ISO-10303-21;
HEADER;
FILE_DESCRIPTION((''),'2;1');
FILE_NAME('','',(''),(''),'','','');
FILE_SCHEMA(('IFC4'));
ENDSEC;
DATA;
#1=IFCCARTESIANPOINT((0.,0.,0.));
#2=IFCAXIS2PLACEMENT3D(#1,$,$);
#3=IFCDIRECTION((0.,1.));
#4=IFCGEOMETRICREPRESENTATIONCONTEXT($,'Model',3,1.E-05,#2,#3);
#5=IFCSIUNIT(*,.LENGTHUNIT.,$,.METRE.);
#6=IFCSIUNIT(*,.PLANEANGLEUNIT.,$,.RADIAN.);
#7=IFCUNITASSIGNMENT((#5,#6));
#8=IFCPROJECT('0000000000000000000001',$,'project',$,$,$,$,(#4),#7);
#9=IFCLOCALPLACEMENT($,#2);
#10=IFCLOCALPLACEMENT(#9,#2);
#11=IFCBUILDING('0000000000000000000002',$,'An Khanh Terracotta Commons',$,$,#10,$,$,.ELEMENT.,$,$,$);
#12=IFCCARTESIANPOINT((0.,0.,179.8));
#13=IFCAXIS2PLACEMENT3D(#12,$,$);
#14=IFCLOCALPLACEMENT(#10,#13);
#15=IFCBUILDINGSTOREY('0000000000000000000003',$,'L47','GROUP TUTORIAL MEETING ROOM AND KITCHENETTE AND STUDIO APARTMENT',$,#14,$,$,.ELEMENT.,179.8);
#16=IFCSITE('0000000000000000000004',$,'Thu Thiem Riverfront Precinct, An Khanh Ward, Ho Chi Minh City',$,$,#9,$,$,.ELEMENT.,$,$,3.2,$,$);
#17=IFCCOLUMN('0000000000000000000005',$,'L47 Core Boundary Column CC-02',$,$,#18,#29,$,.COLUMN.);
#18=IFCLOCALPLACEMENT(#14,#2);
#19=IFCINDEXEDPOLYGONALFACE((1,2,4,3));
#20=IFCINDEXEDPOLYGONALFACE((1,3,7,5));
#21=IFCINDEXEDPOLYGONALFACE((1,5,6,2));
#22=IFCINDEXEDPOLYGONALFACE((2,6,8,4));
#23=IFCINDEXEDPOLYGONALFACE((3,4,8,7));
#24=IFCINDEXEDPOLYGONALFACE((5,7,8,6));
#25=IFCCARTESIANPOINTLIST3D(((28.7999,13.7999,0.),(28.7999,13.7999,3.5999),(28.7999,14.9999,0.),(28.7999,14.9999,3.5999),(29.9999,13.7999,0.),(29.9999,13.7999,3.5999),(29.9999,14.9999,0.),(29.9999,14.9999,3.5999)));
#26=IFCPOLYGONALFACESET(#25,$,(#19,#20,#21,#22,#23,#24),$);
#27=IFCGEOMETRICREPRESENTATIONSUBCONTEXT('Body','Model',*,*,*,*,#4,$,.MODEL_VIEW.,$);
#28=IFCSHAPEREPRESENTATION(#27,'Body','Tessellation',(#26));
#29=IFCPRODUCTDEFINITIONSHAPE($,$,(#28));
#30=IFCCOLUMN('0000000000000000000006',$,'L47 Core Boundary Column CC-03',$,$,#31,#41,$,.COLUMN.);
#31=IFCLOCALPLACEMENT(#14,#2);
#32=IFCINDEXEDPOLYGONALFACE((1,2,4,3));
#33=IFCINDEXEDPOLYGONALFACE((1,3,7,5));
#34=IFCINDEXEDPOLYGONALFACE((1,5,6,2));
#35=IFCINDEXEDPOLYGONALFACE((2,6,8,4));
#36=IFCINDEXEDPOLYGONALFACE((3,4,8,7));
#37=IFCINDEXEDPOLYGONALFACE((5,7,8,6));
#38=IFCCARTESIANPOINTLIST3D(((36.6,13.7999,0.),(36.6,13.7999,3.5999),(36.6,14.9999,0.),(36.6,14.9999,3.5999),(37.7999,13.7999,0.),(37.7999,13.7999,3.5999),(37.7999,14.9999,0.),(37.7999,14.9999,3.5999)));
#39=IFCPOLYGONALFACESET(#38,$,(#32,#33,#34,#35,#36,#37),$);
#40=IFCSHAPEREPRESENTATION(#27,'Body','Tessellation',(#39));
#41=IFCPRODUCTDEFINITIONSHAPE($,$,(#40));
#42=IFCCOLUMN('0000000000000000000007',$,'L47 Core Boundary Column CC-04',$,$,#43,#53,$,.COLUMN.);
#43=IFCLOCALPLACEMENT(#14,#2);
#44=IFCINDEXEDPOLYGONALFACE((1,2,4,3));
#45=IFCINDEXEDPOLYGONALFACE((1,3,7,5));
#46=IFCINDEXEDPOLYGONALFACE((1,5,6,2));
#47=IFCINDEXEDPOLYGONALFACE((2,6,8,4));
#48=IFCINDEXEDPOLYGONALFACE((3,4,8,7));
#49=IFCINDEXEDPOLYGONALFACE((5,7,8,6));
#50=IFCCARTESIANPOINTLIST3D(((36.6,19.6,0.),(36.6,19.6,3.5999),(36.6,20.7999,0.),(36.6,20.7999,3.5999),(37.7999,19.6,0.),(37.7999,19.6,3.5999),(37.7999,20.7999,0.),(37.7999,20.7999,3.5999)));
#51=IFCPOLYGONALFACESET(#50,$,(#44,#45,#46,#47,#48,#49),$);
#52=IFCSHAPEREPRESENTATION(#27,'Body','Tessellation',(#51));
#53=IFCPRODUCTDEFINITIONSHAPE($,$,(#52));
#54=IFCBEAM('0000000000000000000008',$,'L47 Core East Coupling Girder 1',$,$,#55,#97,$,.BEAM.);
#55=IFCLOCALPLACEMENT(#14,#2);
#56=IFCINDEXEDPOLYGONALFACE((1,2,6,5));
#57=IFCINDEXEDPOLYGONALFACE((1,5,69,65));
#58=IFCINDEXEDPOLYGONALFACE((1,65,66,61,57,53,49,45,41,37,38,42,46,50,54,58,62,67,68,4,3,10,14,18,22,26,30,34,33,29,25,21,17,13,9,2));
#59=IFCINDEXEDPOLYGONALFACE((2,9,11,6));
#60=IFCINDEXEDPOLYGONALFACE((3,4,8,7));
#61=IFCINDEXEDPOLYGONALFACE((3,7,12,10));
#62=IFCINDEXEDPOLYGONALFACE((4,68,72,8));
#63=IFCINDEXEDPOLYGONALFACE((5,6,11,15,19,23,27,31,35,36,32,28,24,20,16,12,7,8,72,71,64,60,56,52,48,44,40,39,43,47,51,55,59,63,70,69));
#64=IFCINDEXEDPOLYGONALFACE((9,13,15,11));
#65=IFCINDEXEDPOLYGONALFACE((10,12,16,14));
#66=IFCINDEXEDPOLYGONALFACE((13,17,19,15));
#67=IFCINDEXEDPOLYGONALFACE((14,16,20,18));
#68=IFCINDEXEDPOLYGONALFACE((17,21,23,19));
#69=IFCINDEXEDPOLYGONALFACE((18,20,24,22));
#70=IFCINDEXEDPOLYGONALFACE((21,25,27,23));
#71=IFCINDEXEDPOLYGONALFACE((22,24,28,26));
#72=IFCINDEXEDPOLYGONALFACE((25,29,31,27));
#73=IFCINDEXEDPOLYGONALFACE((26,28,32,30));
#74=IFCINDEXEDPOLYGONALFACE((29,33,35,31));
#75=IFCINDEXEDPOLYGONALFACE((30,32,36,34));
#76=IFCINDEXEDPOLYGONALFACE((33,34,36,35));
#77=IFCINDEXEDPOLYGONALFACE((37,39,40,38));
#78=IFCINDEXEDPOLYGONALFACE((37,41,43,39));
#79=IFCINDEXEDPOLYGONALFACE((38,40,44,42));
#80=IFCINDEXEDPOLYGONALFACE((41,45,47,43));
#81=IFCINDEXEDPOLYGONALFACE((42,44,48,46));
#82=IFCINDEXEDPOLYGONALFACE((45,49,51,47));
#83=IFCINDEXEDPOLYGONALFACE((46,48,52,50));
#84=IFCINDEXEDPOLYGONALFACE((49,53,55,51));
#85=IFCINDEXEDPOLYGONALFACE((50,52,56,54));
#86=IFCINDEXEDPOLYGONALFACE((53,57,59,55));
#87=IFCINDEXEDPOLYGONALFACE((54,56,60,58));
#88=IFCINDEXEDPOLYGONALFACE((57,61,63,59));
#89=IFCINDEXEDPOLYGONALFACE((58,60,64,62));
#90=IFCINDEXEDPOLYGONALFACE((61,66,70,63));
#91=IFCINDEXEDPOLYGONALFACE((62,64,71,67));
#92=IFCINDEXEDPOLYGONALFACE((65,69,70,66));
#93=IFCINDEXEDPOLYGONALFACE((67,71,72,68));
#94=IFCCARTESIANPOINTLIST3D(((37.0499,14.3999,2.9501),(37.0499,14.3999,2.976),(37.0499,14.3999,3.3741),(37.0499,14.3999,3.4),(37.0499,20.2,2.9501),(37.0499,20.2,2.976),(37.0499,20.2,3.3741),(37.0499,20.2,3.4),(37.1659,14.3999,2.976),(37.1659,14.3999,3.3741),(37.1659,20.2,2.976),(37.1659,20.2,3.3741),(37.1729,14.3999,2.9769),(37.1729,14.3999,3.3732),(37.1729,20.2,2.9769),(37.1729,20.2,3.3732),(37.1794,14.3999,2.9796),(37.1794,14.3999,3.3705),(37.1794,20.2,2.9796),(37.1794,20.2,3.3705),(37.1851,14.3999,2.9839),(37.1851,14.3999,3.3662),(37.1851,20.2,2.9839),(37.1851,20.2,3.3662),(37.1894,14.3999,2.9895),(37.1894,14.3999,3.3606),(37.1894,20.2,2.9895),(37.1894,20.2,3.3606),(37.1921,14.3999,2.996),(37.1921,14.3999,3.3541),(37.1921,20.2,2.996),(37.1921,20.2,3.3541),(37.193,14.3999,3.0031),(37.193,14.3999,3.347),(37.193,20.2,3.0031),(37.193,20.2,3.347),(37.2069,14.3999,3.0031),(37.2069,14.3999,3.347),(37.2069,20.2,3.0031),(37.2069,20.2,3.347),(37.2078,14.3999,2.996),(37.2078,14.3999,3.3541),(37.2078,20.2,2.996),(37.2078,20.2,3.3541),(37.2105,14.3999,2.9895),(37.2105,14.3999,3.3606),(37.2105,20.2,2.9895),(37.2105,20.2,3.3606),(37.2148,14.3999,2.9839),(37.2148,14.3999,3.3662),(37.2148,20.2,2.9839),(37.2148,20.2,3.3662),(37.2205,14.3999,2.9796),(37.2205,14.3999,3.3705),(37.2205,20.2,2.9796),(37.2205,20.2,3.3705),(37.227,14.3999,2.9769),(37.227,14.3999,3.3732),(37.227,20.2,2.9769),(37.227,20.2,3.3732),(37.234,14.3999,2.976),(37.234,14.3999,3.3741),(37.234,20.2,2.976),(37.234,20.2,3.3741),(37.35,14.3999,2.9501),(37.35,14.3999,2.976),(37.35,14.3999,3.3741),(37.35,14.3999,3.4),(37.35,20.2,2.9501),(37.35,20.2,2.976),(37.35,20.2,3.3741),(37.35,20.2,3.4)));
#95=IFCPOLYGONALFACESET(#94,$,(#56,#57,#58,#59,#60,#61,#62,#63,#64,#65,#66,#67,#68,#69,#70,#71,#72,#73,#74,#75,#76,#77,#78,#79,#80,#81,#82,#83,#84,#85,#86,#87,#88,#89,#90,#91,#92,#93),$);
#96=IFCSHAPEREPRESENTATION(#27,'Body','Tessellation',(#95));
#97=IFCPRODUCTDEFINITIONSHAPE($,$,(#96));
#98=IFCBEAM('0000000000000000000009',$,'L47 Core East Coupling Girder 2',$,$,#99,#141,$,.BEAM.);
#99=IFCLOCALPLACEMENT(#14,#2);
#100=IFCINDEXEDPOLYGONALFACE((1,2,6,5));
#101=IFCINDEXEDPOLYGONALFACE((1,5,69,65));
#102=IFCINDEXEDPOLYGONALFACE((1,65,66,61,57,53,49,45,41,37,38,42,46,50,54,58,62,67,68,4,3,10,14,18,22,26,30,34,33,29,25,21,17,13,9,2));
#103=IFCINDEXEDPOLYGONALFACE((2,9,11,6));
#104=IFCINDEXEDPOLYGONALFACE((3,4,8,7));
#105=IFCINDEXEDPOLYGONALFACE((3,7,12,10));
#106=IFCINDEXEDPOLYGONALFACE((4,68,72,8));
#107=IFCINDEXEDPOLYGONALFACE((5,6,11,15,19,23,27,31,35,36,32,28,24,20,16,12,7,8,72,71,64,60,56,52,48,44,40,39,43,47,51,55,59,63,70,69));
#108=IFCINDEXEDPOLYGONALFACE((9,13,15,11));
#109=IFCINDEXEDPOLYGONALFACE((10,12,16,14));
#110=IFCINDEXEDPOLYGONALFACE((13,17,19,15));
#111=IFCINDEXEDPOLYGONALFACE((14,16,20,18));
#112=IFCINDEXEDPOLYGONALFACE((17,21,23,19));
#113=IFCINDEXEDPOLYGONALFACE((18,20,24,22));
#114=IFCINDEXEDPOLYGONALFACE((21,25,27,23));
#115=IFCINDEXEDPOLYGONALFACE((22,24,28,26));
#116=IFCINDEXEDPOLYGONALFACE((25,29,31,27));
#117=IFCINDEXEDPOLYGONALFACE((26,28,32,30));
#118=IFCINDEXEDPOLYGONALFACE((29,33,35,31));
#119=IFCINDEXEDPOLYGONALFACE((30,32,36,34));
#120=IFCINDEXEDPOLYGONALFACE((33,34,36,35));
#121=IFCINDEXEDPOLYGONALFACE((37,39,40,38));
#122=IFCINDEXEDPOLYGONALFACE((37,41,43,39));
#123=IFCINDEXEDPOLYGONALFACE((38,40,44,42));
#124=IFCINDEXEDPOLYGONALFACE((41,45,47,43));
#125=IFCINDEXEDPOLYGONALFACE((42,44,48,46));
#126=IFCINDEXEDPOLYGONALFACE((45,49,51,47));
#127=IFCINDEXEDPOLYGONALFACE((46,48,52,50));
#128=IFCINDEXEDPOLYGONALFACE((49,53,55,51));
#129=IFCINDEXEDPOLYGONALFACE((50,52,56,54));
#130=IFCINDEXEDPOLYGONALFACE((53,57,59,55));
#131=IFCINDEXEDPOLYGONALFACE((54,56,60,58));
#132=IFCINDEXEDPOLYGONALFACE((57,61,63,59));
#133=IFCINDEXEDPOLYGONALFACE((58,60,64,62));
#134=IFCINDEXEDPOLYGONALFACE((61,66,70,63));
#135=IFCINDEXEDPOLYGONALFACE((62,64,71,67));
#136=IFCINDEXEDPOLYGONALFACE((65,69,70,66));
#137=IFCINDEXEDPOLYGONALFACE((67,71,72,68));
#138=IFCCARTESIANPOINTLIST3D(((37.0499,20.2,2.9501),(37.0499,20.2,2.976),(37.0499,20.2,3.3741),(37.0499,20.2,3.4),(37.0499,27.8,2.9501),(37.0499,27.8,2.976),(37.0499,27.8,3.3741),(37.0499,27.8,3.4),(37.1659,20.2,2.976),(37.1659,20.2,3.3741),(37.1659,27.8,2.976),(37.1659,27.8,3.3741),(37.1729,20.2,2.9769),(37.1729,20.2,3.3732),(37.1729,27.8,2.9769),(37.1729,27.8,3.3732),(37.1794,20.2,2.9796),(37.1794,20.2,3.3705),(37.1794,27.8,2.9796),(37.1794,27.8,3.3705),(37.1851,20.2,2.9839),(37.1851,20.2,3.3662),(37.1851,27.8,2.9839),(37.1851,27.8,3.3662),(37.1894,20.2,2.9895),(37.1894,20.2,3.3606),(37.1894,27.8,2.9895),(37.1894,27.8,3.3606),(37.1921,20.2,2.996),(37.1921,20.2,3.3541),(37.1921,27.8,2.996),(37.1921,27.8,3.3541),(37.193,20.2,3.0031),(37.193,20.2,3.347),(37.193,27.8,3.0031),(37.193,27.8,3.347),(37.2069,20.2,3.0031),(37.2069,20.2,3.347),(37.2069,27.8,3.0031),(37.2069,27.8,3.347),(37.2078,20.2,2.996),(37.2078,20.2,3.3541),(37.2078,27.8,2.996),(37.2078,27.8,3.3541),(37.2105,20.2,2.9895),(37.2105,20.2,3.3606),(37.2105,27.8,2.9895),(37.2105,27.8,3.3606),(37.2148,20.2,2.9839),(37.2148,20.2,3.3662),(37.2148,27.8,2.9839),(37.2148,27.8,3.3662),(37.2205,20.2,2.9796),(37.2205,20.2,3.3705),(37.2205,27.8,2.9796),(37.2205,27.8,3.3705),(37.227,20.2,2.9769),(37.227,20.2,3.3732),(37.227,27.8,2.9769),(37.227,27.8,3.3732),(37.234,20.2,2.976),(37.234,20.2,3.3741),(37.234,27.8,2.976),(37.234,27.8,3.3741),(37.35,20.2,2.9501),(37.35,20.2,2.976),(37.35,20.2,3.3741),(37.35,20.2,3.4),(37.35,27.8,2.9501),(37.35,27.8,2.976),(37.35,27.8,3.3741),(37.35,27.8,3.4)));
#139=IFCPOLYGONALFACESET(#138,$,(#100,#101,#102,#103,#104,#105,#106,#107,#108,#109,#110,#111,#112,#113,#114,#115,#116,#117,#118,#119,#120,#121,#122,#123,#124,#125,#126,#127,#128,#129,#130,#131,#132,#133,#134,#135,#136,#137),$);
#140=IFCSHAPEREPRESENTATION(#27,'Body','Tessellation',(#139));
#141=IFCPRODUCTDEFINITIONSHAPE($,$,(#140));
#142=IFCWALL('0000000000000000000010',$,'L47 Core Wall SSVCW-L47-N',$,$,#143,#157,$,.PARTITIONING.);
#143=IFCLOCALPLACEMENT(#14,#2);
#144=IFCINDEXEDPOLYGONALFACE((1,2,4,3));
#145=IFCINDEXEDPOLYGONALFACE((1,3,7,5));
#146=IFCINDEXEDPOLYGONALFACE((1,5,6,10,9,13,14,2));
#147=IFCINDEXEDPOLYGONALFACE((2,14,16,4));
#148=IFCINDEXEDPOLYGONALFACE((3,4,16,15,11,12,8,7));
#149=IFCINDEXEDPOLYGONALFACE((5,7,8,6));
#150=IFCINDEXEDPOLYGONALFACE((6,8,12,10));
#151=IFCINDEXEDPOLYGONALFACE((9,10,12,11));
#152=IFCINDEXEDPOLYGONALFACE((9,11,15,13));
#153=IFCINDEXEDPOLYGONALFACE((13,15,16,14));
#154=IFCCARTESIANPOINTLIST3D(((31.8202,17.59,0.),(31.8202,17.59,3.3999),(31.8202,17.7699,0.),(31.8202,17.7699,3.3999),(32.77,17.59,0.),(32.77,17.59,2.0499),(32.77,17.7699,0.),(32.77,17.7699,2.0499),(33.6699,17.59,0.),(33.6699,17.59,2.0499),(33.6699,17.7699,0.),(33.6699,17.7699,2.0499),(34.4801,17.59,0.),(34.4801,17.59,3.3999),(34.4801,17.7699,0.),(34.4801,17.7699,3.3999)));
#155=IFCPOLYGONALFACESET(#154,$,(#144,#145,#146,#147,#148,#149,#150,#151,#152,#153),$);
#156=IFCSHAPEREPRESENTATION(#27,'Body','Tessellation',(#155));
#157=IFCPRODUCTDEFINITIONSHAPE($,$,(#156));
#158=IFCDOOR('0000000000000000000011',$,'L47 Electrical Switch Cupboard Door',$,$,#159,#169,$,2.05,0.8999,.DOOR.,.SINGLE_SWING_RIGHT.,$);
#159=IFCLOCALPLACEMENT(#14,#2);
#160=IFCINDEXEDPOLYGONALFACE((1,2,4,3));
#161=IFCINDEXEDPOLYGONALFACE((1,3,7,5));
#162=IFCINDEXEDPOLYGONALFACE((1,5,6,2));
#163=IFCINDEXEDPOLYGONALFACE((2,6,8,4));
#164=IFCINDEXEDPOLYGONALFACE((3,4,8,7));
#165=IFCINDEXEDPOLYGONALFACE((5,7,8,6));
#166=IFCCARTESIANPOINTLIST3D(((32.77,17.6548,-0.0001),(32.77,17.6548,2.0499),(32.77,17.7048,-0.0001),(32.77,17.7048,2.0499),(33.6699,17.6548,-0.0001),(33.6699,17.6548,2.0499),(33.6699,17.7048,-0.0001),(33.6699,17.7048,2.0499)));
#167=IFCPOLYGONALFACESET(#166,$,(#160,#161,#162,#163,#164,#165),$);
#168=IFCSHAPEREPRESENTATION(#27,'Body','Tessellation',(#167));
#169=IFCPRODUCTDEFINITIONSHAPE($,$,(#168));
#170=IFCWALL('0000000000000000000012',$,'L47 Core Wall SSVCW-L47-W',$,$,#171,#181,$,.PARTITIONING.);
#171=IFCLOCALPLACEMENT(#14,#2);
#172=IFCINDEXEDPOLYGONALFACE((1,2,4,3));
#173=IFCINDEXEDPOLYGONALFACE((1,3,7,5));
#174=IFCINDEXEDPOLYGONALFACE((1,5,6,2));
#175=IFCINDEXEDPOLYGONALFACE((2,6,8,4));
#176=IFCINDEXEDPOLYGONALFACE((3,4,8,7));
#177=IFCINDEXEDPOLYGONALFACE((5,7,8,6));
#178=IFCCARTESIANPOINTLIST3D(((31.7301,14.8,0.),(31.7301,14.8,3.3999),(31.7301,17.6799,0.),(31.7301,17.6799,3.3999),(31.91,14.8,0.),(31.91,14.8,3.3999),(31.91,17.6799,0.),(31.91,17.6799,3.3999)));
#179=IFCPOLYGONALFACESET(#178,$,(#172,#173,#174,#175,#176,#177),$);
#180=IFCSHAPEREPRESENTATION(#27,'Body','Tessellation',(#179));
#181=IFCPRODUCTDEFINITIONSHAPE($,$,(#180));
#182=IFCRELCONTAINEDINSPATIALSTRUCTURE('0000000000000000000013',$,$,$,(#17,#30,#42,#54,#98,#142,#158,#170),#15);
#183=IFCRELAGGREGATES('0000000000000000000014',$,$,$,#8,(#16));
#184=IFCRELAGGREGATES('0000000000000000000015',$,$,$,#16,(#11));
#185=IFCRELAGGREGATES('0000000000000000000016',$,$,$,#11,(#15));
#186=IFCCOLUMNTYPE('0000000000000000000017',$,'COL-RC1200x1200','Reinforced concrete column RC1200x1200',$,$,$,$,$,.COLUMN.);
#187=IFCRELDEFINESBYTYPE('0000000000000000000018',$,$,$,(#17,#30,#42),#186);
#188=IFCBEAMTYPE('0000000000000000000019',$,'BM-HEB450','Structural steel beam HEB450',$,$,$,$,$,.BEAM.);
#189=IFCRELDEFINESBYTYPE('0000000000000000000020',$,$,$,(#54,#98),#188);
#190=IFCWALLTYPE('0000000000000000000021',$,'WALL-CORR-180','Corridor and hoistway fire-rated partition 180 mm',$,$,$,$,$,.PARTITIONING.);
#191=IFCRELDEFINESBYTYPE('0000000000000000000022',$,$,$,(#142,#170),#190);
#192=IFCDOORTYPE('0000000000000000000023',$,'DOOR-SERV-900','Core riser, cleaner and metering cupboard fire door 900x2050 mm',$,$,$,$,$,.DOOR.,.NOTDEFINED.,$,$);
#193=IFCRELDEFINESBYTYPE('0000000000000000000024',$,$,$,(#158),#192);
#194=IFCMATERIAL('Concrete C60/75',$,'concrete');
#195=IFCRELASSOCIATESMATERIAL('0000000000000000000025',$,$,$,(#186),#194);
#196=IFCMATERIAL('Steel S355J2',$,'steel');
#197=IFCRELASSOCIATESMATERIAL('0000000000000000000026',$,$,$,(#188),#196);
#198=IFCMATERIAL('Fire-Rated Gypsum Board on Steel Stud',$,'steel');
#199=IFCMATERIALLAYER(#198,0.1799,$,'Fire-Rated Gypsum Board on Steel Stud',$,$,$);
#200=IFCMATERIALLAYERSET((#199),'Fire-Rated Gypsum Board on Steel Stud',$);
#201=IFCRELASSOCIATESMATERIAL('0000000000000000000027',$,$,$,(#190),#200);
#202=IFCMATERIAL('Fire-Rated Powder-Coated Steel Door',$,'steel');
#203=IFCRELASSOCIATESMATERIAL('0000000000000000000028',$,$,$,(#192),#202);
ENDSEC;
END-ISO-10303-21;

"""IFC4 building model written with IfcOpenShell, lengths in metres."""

from ifc_helpers import new_model, si_unit, direction, frame, frame_2d, origin, origin_2d, place, context, subcontext, project, spatial, rectangle, i_section, extrude, material, layer, layer_set, material_profile, profile_set, type_object, element, fill, save


model = new_model("IFC4")

# Units and contexts
model_context = context("Model", 3, precision=1e-05, world=origin(), true_north=direction((0.0, 1.0)))
body_context = subcontext(model_context, "Body", "Model", "MODEL_VIEW")
ifc_project = project(units=[si_unit("LENGTHUNIT", "METRE"), si_unit("PLANEANGLEUNIT", "RADIAN")], contexts=[model_context])

# Site, building, storey
site_placement = place(None, origin())
site = spatial("IfcSite", under=ifc_project, at=site_placement, Name="Thu Thiem Riverfront Precinct, An Khanh Ward, Ho Chi Minh City", CompositionType="ELEMENT", RefElevation=3.2)
building_placement = place(site_placement, origin())
building = spatial("IfcBuilding", under=site, at=building_placement, Name="An Khanh Terracotta Commons", CompositionType="ELEMENT")
storey_placement = place(building_placement, frame((0.0, 0.0, 179.8)))
storey = spatial("IfcBuildingStorey", under=building, at=storey_placement, Name="L47", Description="GROUP TUTORIAL MEETING ROOM AND KITCHENETTE AND STUDIO APARTMENT", CompositionType="ELEMENT", Elevation=179.8)

# Columns
ifc_material_1 = material(Name="Concrete C60/75", Category="concrete")
ifc_material_profile_1 = material_profile(ifc_material_1, rectangle(XDim=1.2, YDim=1.2, at=origin_2d()), Name="RC1200x1200")
ifc_profile_set_1 = profile_set([ifc_material_profile_1], Name="Concrete C60/75")
column_type = type_object("IfcColumnType", Name="COL-RC1200x1200", Description="Reinforced concrete column RC1200x1200", PredefinedType="COLUMN", material=ifc_profile_set_1)
for number, where, z_axis, x_axis, name in (
    (1, (29.3999, 14.3999, 0.0), (0.0, 0.0, 1.0), (1.0, 0.0, 0.0), "L47 Core Boundary Column CC-02"),
    (2, (37.2, 14.3999, 0.0), (0.0, 0.0, 1.0), (1.0, 0.0, 0.0), "L47 Core Boundary Column CC-03"),
    (3, (37.2, 20.2, 0.0), (0.0, 0.0, 1.0), (1.0, 0.0, 0.0), "L47 Core Boundary Column CC-04"),
):
    element("IfcColumn", number, at=place(storey_placement, frame(where, z_axis=z_axis, x_axis=x_axis)), inside=storey, type_object=column_type, Name=name, PredefinedType="COLUMN", context=body_context, shape_type="SweptSolid", body=[
        extrude(rectangle(XDim=1.2, YDim=1.2, at=origin_2d()), origin(), (0.0, 0.0, 1.0), 3.5999),
    ])

# Beams
ifc_material_2 = material(Name="Steel S355J2", Category="steel")
ifc_material_profile_2 = material_profile(ifc_material_2, i_section(OverallWidth=0.3, OverallDepth=0.45, WebThickness=0.0139, FlangeThickness=0.0259, FilletRadius=0.0271, at=origin_2d()), Name="HEB450")
ifc_profile_set_2 = profile_set([ifc_material_profile_2], Name="Steel S355J2")
beam_type = type_object("IfcBeamType", Name="BM-HEB450", Description="Structural steel beam HEB450", PredefinedType="BEAM", material=ifc_profile_set_2)
beam_1_placement = place(storey_placement, frame((37.2, 14.3999, 3.175), z_axis=(0.0, 1.0, 0.0), x_axis=(-1.0, 0.0, 0.0)))
element("IfcBeam", 4, at=beam_1_placement, inside=storey, type_object=beam_type, Name="L47 Core East Coupling Girder 1", PredefinedType="BEAM", context=body_context, shape_type="SweptSolid", body=[
    extrude(i_section(OverallWidth=0.3, OverallDepth=0.45, WebThickness=0.0139, FlangeThickness=0.0259, FilletRadius=0.0271, at=origin_2d()), origin(), (0.0, 0.0, 1.0), 5.8),
])
beam_2_placement = place(storey_placement, frame((37.2, 20.2, 3.175), z_axis=(0.0, 1.0, 0.0), x_axis=(-1.0, 0.0, 0.0)))
element("IfcBeam", 5, at=beam_2_placement, inside=storey, type_object=beam_type, Name="L47 Core East Coupling Girder 2", PredefinedType="BEAM", context=body_context, shape_type="SweptSolid", body=[
    extrude(i_section(OverallWidth=0.3, OverallDepth=0.45, WebThickness=0.0139, FlangeThickness=0.0259, FilletRadius=0.0271, at=origin_2d()), origin(), (0.0, 0.0, 1.0), 7.6001),
])

# Wall, opening, door
ifc_material_3 = material(Name="Fire-Rated Gypsum Board on Steel Stud", Category="steel")
ifc_layer_1 = layer(ifc_material_3, 0.1799, Name="Fire-Rated Gypsum Board on Steel Stud")
ifc_layer_set_1 = layer_set([ifc_layer_1], Name="Fire-Rated Gypsum Board on Steel Stud")
wall_type_1 = type_object("IfcWallType", Name="WALL-CORR-180", Description="Corridor and hoistway fire-rated partition 180 mm", PredefinedType="PARTITIONING", material=ifc_layer_set_1)
wall_1_placement = place(storey_placement, frame((31.8201, 17.6799, 0.0), z_axis=(0.0, 0.0, 1.0), x_axis=(1.0, 0.0, 0.0)))
wall_1 = element("IfcWall", 6, at=wall_1_placement, inside=storey, type_object=wall_type_1, Name="L47 Core Wall SSVCW-L47-N", PredefinedType="PARTITIONING", context=body_context, shape_type="SweptSolid", body=[
    extrude(rectangle(XDim=2.6599, YDim=0.1799, at=frame_2d((1.3301, 0.0))), origin(), (0.0, 0.0, 1.0), 3.3999),
])
opening_1_placement = place(wall_1_placement, frame((0.95, 0.0, 0.0)))
opening_1 = element("IfcOpeningElement", 7, at=opening_1_placement, cuts=wall_1, PredefinedType="OPENING", context=body_context, shape_type="SweptSolid", body=[
    extrude(rectangle(XDim=0.8999, YDim=2.05, at=frame_2d((0.45, 1.0249))), frame((0.0, 0.0999, 0.0), z_axis=(0.0, -1.0, 0.0), x_axis=(1.0, 0.0, 0.0)), (0.0, 0.0, 1.0), 0.2),
])
ifc_material_4 = material(Name="Fire-Rated Powder-Coated Steel Door", Category="steel")
door_type_1 = type_object("IfcDoorType", Name="DOOR-SERV-900", Description="Core riser, cleaner and metering cupboard fire door 900x2050 mm", OperationType="NOTDEFINED", PredefinedType="DOOR", material=ifc_material_4)
door_1_placement = place(opening_1_placement, origin())
door_1 = element("IfcDoor", 8, at=door_1_placement, inside=storey, type_object=door_type_1, Name="L47 Electrical Switch Cupboard Door", OperationType="SINGLE_SWING_RIGHT", OverallHeight=2.05, OverallWidth=0.8999, PredefinedType="DOOR", context=body_context, shape_type="SweptSolid", body=[
    extrude(rectangle(XDim=0.8999, YDim=2.05, at=frame_2d((0.45, 1.0249))), frame((0.0, 0.0249, 0.0), z_axis=(0.0, -1.0, 0.0), x_axis=(1.0, 0.0, 0.0)), (0.0, 0.0, 1.0), 0.05),
])
fill(opening_1, door_1)

# Wall
wall_2_placement = place(storey_placement, frame((31.8201, 14.8, 0.0), z_axis=(0.0, 0.0, 1.0), x_axis=(0.0, 1.0, 0.0)))
element("IfcWall", 9, at=wall_2_placement, inside=storey, type_object=wall_type_1, Name="L47 Core Wall SSVCW-L47-W", PredefinedType="PARTITIONING", context=body_context, shape_type="SweptSolid", body=[
    extrude(rectangle(XDim=2.8799, YDim=0.1799, at=frame_2d((1.4399, 0.0))), origin(), (0.0, 0.0, 1.0), 3.3999),
])

save(model, "model.ifc")
